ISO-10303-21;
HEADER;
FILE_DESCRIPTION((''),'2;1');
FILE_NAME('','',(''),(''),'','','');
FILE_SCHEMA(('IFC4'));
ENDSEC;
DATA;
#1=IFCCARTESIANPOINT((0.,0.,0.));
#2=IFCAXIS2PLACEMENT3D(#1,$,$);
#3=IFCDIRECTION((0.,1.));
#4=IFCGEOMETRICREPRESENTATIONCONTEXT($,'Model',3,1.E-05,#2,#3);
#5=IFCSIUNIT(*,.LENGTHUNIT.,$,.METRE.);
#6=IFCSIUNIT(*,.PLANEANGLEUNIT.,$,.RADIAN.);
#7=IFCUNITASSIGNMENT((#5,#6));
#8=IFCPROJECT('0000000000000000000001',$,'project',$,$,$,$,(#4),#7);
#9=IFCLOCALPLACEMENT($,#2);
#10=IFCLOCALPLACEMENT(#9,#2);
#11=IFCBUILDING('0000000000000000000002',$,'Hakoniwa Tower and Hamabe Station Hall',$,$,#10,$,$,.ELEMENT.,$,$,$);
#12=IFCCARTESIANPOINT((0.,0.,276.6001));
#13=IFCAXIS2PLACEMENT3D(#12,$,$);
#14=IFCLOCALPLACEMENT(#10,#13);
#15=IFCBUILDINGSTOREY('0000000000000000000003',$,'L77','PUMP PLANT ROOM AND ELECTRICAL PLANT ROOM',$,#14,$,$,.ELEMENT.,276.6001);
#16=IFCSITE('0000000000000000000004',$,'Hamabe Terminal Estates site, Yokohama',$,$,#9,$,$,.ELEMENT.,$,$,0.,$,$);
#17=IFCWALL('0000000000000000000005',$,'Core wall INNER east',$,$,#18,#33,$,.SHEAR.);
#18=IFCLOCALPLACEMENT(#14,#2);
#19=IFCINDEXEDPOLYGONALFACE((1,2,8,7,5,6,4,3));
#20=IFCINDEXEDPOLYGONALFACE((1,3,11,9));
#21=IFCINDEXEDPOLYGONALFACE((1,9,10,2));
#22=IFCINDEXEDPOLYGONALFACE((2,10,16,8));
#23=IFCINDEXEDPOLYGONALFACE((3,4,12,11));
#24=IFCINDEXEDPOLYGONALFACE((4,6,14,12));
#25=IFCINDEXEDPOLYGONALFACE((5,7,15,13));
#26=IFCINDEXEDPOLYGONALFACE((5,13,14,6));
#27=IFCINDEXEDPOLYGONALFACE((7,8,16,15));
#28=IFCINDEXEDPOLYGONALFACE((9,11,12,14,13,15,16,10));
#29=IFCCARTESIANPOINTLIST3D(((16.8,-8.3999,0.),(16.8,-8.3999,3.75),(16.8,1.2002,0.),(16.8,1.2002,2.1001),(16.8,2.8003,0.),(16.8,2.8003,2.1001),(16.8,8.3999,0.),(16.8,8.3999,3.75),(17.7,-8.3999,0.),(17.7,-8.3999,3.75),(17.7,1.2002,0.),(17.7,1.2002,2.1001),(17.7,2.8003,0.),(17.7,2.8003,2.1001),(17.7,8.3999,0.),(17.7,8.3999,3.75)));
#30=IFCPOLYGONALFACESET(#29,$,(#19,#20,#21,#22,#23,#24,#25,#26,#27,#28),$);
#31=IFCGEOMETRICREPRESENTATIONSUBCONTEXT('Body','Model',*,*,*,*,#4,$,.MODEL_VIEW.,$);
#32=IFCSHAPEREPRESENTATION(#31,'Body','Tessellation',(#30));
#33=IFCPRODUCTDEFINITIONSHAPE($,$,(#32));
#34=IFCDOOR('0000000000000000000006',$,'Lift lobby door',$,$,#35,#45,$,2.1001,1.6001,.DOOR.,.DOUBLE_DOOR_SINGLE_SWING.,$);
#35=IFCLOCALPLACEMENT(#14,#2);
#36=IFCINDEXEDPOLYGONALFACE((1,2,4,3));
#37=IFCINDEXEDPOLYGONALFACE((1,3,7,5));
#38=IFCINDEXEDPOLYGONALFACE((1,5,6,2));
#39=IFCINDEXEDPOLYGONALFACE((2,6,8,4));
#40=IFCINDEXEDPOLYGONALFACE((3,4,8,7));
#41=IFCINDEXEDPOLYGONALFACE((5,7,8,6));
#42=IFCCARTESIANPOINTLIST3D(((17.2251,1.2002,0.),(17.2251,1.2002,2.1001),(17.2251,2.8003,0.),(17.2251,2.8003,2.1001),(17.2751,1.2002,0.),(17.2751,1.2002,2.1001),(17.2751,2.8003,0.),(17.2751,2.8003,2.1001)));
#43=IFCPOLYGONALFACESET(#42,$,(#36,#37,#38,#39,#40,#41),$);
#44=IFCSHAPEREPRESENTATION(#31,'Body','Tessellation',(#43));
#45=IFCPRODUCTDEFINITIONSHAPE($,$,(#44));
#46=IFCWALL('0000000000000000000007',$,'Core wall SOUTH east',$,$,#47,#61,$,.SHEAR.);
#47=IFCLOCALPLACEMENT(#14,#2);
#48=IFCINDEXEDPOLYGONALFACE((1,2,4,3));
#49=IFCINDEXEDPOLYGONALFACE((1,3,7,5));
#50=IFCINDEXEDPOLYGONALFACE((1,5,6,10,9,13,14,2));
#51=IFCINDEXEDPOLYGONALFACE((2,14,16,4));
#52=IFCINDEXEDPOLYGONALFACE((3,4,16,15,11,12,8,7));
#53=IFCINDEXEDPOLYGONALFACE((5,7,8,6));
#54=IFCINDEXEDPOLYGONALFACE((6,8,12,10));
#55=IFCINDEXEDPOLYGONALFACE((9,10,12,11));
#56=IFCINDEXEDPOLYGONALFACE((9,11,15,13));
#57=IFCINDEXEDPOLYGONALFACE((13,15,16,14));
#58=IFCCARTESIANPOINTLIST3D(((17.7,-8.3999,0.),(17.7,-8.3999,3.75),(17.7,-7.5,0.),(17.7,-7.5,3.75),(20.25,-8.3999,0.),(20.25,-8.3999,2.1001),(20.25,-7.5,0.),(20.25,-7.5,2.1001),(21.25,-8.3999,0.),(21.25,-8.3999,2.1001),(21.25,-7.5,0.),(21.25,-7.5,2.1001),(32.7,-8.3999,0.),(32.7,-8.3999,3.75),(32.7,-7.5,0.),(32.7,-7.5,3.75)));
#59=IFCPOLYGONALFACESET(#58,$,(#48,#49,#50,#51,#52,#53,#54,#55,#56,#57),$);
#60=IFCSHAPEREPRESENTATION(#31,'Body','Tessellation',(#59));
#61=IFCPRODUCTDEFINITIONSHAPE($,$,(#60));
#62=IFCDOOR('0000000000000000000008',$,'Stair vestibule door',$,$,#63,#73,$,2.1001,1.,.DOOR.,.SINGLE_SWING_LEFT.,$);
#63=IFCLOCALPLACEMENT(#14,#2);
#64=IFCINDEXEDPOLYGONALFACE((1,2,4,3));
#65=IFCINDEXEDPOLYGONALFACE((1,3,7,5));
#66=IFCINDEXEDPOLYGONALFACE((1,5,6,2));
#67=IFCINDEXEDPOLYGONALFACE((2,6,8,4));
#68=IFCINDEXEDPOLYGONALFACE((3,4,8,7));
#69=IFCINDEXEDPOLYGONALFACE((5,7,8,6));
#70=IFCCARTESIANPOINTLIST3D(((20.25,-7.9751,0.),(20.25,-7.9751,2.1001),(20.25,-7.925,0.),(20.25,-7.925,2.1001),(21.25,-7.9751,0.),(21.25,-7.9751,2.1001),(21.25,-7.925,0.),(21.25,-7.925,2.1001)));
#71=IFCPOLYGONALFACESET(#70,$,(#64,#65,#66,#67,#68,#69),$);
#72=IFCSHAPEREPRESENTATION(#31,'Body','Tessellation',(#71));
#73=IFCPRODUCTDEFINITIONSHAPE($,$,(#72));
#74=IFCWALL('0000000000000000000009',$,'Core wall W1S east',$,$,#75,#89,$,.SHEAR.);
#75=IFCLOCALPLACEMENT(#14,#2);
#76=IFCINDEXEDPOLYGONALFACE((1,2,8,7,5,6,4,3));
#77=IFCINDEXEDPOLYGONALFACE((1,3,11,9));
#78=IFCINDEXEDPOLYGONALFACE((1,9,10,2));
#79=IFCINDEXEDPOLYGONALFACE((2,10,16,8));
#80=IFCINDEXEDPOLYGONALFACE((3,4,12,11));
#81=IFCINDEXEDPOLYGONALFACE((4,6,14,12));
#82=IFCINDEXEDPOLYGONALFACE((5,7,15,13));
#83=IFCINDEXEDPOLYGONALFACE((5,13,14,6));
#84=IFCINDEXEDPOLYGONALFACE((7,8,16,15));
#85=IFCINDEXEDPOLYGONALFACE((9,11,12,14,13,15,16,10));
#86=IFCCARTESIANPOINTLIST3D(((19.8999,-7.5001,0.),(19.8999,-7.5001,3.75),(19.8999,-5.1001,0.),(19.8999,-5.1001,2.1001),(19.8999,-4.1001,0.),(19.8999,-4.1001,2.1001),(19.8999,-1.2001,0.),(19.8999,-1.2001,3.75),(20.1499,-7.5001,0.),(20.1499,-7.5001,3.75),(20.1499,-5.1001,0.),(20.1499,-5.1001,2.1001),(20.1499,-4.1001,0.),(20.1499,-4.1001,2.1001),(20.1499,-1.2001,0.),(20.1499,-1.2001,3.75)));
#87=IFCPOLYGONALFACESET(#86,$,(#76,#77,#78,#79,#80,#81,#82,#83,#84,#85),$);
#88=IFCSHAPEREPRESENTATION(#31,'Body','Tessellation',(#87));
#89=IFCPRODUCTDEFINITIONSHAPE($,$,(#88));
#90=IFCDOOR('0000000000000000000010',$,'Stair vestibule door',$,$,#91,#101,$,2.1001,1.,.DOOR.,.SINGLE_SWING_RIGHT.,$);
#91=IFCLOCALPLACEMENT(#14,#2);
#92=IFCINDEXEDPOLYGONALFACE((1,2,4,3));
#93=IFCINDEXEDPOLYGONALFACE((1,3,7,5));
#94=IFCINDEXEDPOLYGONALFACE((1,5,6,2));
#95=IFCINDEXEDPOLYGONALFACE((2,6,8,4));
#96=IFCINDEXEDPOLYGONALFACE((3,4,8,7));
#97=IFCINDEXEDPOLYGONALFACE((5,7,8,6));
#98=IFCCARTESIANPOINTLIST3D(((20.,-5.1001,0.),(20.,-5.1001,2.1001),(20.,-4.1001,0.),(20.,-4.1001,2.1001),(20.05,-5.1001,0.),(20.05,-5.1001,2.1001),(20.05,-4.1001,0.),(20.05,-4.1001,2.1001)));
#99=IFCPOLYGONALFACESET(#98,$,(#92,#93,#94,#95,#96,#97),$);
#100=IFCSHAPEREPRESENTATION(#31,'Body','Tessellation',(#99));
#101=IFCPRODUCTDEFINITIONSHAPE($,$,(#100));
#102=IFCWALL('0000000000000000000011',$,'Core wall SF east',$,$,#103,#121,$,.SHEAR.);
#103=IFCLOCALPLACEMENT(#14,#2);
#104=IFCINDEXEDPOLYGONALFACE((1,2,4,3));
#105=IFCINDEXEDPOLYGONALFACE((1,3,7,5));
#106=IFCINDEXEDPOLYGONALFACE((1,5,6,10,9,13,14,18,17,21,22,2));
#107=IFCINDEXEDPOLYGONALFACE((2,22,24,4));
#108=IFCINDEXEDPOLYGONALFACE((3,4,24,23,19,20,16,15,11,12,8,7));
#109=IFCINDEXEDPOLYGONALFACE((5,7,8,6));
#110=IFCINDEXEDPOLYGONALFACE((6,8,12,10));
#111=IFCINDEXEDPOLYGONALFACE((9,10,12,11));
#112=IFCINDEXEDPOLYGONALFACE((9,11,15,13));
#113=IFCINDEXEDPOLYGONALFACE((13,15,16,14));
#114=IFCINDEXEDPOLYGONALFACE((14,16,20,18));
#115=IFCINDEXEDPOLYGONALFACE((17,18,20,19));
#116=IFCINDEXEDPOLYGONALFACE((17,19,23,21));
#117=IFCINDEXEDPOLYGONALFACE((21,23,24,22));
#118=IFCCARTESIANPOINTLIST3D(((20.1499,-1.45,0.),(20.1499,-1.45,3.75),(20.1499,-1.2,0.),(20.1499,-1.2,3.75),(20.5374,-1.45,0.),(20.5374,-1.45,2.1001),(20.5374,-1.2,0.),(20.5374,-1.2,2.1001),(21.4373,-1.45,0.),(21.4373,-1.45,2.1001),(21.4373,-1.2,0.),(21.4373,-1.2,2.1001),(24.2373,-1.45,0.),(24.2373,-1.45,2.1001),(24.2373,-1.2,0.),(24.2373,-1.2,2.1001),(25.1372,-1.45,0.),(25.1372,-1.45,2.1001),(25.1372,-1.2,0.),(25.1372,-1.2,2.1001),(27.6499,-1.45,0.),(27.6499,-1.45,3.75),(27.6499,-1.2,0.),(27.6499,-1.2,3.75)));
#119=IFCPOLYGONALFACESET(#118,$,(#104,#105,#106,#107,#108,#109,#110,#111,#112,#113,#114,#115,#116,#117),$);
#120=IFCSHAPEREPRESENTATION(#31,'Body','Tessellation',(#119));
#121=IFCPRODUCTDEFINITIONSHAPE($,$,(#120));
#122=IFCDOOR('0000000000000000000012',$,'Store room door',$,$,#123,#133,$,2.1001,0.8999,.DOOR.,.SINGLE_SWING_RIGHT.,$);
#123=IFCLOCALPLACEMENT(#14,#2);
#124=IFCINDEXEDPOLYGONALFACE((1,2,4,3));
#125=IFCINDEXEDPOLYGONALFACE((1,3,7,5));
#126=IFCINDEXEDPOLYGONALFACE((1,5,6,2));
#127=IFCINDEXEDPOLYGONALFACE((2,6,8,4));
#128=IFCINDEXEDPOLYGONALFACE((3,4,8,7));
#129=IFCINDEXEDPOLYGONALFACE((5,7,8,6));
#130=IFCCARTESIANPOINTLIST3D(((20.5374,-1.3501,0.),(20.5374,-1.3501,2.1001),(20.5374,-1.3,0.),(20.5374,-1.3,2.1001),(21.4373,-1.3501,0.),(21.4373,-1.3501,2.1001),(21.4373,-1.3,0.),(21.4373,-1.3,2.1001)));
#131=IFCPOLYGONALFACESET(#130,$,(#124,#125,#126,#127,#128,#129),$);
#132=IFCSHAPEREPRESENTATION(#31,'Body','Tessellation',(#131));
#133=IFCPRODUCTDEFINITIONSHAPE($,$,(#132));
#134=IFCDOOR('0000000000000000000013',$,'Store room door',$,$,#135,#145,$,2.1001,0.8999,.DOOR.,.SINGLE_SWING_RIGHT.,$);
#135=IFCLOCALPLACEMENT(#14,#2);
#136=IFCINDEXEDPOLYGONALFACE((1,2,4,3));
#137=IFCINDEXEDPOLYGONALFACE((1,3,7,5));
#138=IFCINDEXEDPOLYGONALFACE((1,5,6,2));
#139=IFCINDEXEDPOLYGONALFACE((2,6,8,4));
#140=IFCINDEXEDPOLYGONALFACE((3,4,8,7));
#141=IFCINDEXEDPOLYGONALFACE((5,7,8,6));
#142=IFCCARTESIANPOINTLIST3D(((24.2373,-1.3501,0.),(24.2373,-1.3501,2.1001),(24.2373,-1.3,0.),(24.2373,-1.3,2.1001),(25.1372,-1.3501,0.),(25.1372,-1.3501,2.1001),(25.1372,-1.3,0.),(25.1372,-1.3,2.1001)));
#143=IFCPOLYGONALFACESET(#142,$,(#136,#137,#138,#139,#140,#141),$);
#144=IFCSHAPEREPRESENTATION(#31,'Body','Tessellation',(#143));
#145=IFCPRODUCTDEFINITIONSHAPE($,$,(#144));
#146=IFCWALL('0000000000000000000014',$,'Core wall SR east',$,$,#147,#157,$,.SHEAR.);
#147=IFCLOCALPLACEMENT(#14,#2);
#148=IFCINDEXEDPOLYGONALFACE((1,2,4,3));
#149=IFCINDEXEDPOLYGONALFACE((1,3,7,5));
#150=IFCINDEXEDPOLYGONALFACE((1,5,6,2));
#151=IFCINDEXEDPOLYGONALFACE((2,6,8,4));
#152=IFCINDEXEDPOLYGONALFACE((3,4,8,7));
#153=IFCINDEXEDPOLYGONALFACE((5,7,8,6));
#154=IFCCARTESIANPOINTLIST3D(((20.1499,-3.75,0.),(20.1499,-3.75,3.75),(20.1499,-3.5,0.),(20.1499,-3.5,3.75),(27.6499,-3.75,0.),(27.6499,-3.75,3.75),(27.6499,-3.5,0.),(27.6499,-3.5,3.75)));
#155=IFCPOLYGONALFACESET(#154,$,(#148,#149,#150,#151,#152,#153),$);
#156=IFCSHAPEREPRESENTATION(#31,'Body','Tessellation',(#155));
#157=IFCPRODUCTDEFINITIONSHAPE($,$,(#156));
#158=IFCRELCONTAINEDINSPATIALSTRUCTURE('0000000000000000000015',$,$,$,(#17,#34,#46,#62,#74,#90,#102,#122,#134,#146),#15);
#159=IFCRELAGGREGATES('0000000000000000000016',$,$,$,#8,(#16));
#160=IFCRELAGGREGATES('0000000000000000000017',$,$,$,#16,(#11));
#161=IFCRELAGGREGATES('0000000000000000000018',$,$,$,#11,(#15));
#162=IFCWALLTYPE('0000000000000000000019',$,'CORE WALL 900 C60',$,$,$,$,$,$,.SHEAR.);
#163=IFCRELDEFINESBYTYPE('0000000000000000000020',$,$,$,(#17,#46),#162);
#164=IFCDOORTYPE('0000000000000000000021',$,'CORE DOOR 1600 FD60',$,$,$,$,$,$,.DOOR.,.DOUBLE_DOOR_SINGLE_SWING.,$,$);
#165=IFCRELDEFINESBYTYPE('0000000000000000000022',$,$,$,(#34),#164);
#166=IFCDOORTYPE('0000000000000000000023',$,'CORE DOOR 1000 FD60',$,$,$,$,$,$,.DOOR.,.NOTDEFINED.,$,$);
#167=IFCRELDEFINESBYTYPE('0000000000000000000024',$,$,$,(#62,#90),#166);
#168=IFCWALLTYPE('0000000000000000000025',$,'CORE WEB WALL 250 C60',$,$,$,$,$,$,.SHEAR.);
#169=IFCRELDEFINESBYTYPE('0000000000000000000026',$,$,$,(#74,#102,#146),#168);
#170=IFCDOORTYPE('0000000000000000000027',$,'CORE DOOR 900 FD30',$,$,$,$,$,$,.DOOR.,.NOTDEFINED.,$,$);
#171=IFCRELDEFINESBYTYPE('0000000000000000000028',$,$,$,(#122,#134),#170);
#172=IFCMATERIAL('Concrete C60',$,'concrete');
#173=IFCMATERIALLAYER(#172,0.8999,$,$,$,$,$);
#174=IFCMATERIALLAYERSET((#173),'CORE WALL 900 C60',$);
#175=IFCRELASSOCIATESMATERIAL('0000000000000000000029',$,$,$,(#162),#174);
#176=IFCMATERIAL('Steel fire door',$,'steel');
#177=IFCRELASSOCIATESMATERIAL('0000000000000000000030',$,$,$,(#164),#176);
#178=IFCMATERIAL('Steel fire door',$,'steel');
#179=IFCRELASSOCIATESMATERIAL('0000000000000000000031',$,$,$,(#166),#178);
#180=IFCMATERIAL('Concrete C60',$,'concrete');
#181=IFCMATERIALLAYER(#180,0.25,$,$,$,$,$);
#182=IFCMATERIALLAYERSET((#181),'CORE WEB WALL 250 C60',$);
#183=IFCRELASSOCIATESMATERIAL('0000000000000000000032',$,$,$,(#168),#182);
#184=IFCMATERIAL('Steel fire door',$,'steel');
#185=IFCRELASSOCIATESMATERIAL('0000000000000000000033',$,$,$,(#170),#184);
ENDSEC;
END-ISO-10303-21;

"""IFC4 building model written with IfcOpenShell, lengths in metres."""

from ifc_helpers import new_model, si_unit, direction, frame, frame_2d, origin, place, context, subcontext, project, spatial, rectangle, extrude, material, layer, layer_set, type_object, element, fill, save


model = new_model("IFC4")

# Units and contexts
model_context = context("Model", 3, precision=1e-05, world=origin(), true_north=direction((0.0, 1.0)))
body_context = subcontext(model_context, "Body", "Model", "MODEL_VIEW")
ifc_project = project(units=[si_unit("LENGTHUNIT", "METRE"), si_unit("PLANEANGLEUNIT", "RADIAN")], contexts=[model_context])

# Site, building, storey
site_placement = place(None, origin())
site = spatial("IfcSite", under=ifc_project, at=site_placement, Name="Hamabe Terminal Estates site, Yokohama", CompositionType="ELEMENT", RefElevation=0.0)
building_placement = place(site_placement, origin())
building = spatial("IfcBuilding", under=site, at=building_placement, Name="Hakoniwa Tower and Hamabe Station Hall", CompositionType="ELEMENT")
storey_placement = place(building_placement, frame((0.0, 0.0, 276.6001)))
storey = spatial("IfcBuildingStorey", under=building, at=storey_placement, Name="L77", Description="PUMP PLANT ROOM AND ELECTRICAL PLANT ROOM", CompositionType="ELEMENT", Elevation=276.6001)

# Walls, openings, doors
ifc_material_1 = material(Name="Concrete C60", Category="concrete")
ifc_layer_1 = layer(ifc_material_1, 0.8999)
ifc_layer_set_1 = layer_set([ifc_layer_1], Name="CORE WALL 900 C60")
wall_type_1 = type_object("IfcWallType", Name="CORE WALL 900 C60", PredefinedType="SHEAR", material=ifc_layer_set_1)
wall_1_placement = place(storey_placement, frame((17.25, -8.3999, 0.0), z_axis=(0.0, 0.0, 1.0), x_axis=(0.0, 1.0, 0.0)))
wall_1 = element("IfcWall", 1, at=wall_1_placement, inside=storey, type_object=wall_type_1, Name="Core wall INNER east", PredefinedType="SHEAR", context=body_context, shape_type="SweptSolid", body=[
    extrude(rectangle(XDim=16.7998, YDim=0.8999, at=frame_2d((8.3999, 0.0))), origin(), (0.0, 0.0, 1.0), 3.75),
])
opening_1_placement = place(wall_1_placement, frame((9.6001, 0.0, 0.0)))
opening_1 = element("IfcOpeningElement", 2, at=opening_1_placement, cuts=wall_1, PredefinedType="OPENING", context=body_context, shape_type="SweptSolid", body=[
    extrude(rectangle(XDim=1.6001, YDim=2.1001, at=frame_2d((0.8, 1.05))), frame((0.0, 0.46, 0.0), z_axis=(0.0, -1.0, 0.0), x_axis=(1.0, 0.0, 0.0)), (0.0, 0.0, 1.0), 0.9199),
])
ifc_material_2 = material(Name="Steel fire door", Category="steel")
door_type_1 = type_object("IfcDoorType", Name="CORE DOOR 1600 FD60", OperationType="DOUBLE_DOOR_SINGLE_SWING", PredefinedType="DOOR", material=ifc_material_2)
door_1_placement = place(opening_1_placement, origin())
door_1 = element("IfcDoor", 3, at=door_1_placement, inside=storey, type_object=door_type_1, Name="Lift lobby door", OperationType="DOUBLE_DOOR_SINGLE_SWING", OverallHeight=2.1001, OverallWidth=1.6001, PredefinedType="DOOR", context=body_context, shape_type="SweptSolid", body=[
    extrude(rectangle(XDim=1.6001, YDim=2.1001, at=frame_2d((0.8, 1.05))), frame((0.0, 0.0249, 0.0), z_axis=(0.0, -1.0, 0.0), x_axis=(1.0, 0.0, 0.0)), (0.0, 0.0, 1.0), 0.05),
])
fill(opening_1, door_1)
wall_2_placement = place(storey_placement, frame((17.7, -7.95, 0.0), z_axis=(0.0, 0.0, 1.0), x_axis=(1.0, 0.0, 0.0)))
wall_2 = element("IfcWall", 4, at=wall_2_placement, inside=storey, type_object=wall_type_1, Name="Core wall SOUTH east", PredefinedType="SHEAR", context=body_context, shape_type="SweptSolid", body=[
    extrude(rectangle(XDim=15.0, YDim=0.8999, at=frame_2d((7.5, 0.0))), origin(), (0.0, 0.0, 1.0), 3.75),
])
opening_2_placement = place(wall_2_placement, frame((2.55, 0.0, 0.0)))
opening_2 = element("IfcOpeningElement", 5, at=opening_2_placement, cuts=wall_2, PredefinedType="OPENING", context=body_context, shape_type="SweptSolid", body=[
    extrude(rectangle(XDim=1.0, YDim=2.1001, at=frame_2d((0.5, 1.05))), frame((0.0, 0.46, 0.0), z_axis=(0.0, -1.0, 0.0), x_axis=(1.0, 0.0, 0.0)), (0.0, 0.0, 1.0), 0.9199),
])
ifc_material_3 = material(Name="Steel fire door", Category="steel")
door_type_2 = type_object("IfcDoorType", Name="CORE DOOR 1000 FD60", OperationType="NOTDEFINED", PredefinedType="DOOR", material=ifc_material_3)
door_2_placement = place(opening_2_placement, origin())
door_2 = element("IfcDoor", 6, at=door_2_placement, inside=storey, type_object=door_type_2, Name="Stair vestibule door", OperationType="SINGLE_SWING_LEFT", OverallHeight=2.1001, OverallWidth=1.0, PredefinedType="DOOR", context=body_context, shape_type="SweptSolid", body=[
    extrude(rectangle(XDim=1.0, YDim=2.1001, at=frame_2d((0.5, 1.05))), frame((0.0, 0.0249, 0.0), z_axis=(0.0, -1.0, 0.0), x_axis=(1.0, 0.0, 0.0)), (0.0, 0.0, 1.0), 0.05),
])
fill(opening_2, door_2)
ifc_material_4 = material(Name="Concrete C60", Category="concrete")
ifc_layer_2 = layer(ifc_material_4, 0.25)
ifc_layer_set_2 = layer_set([ifc_layer_2], Name="CORE WEB WALL 250 C60")
wall_type_2 = type_object("IfcWallType", Name="CORE WEB WALL 250 C60", PredefinedType="SHEAR", material=ifc_layer_set_2)
wall_3_placement = place(storey_placement, frame((20.0249, -7.5, 0.0), z_axis=(0.0, 0.0, 1.0), x_axis=(0.0, 1.0, 0.0)))
wall_3 = element("IfcWall", 7, at=wall_3_placement, inside=storey, type_object=wall_type_2, Name="Core wall W1S east", PredefinedType="SHEAR", context=body_context, shape_type="SweptSolid", body=[
    extrude(rectangle(XDim=6.3, YDim=0.25, at=frame_2d((3.1499, 0.0))), origin(), (0.0, 0.0, 1.0), 3.75),
])
opening_3_placement = place(wall_3_placement, frame((2.3999, 0.0, 0.0)))
opening_3 = element("IfcOpeningElement", 8, at=opening_3_placement, cuts=wall_3, PredefinedType="OPENING", context=body_context, shape_type="SweptSolid", body=[
    extrude(rectangle(XDim=1.0, YDim=2.1001, at=frame_2d((0.5, 1.05))), frame((0.0, 0.135, 0.0), z_axis=(0.0, -1.0, 0.0), x_axis=(1.0, 0.0, 0.0)), (0.0, 0.0, 1.0), 0.27),
])
door_3_placement = place(opening_3_placement, origin())
door_3 = element("IfcDoor", 9, at=door_3_placement, inside=storey, type_object=door_type_2, Name="Stair vestibule door", OperationType="SINGLE_SWING_RIGHT", OverallHeight=2.1001, OverallWidth=1.0, PredefinedType="DOOR", context=body_context, shape_type="SweptSolid", body=[
    extrude(rectangle(XDim=1.0, YDim=2.1001, at=frame_2d((0.5, 1.05))), frame((0.0, 0.0249, 0.0), z_axis=(0.0, -1.0, 0.0), x_axis=(1.0, 0.0, 0.0)), (0.0, 0.0, 1.0), 0.05),
])
fill(opening_3, door_3)

# Wall, openings, doors
wall_4_placement = place(storey_placement, frame((20.1499, -1.325, 0.0), z_axis=(0.0, 0.0, 1.0), x_axis=(1.0, 0.0, 0.0)))
wall_4 = element("IfcWall", 10, at=wall_4_placement, inside=storey, type_object=wall_type_2, Name="Core wall SF east", PredefinedType="SHEAR", context=body_context, shape_type="SweptSolid", body=[
    extrude(rectangle(XDim=7.5, YDim=0.25, at=frame_2d((3.75, 0.0))), origin(), (0.0, 0.0, 1.0), 3.75),
])
opening_4_placement = place(wall_4_placement, frame((0.3875, 0.0, 0.0)))
opening_4 = element("IfcOpeningElement", 11, at=opening_4_placement, cuts=wall_4, PredefinedType="OPENING", context=body_context, shape_type="SweptSolid", body=[
    extrude(rectangle(XDim=0.8999, YDim=2.1001, at=frame_2d((0.45, 1.05))), frame((0.0, 0.135, 0.0), z_axis=(0.0, -1.0, 0.0), x_axis=(1.0, 0.0, 0.0)), (0.0, 0.0, 1.0), 0.27),
])
opening_5_placement = place(wall_4_placement, frame((4.0874, 0.0, 0.0)))
opening_5 = element("IfcOpeningElement", 12, at=opening_5_placement, cuts=wall_4, PredefinedType="OPENING", context=body_context, shape_type="SweptSolid", body=[
    extrude(rectangle(XDim=0.8999, YDim=2.1001, at=frame_2d((0.45, 1.05))), frame((0.0, 0.135, 0.0), z_axis=(0.0, -1.0, 0.0), x_axis=(1.0, 0.0, 0.0)), (0.0, 0.0, 1.0), 0.27),
])
ifc_material_5 = material(Name="Steel fire door", Category="steel")
door_type_3 = type_object("IfcDoorType", Name="CORE DOOR 900 FD30", OperationType="NOTDEFINED", PredefinedType="DOOR", material=ifc_material_5)
door_4_placement = place(opening_4_placement, origin())
door_4 = element("IfcDoor", 13, at=door_4_placement, inside=storey, type_object=door_type_3, Name="Store room door", OperationType="SINGLE_SWING_RIGHT", OverallHeight=2.1001, OverallWidth=0.8999, PredefinedType="DOOR", context=body_context, shape_type="SweptSolid", body=[
    extrude(rectangle(XDim=0.8999, YDim=2.1001, at=frame_2d((0.45, 1.05))), frame((0.0, 0.0249, 0.0), z_axis=(0.0, -1.0, 0.0), x_axis=(1.0, 0.0, 0.0)), (0.0, 0.0, 1.0), 0.05),
])
fill(opening_4, door_4)
door_5_placement = place(opening_5_placement, origin())
door_5 = element("IfcDoor", 14, at=door_5_placement, inside=storey, type_object=door_type_3, Name="Store room door", OperationType="SINGLE_SWING_RIGHT", OverallHeight=2.1001, OverallWidth=0.8999, PredefinedType="DOOR", context=body_context, shape_type="SweptSolid", body=[
    extrude(rectangle(XDim=0.8999, YDim=2.1001, at=frame_2d((0.45, 1.05))), frame((0.0, 0.0249, 0.0), z_axis=(0.0, -1.0, 0.0), x_axis=(1.0, 0.0, 0.0)), (0.0, 0.0, 1.0), 0.05),
])
fill(opening_5, door_5)

# Wall
wall_5_placement = place(storey_placement, frame((20.1499, -3.625, 0.0), z_axis=(0.0, 0.0, 1.0), x_axis=(1.0, 0.0, 0.0)))
element("IfcWall", 15, at=wall_5_placement, inside=storey, type_object=wall_type_2, Name="Core wall SR east", PredefinedType="SHEAR", context=body_context, shape_type="SweptSolid", body=[
    extrude(rectangle(XDim=7.5, YDim=0.25, at=frame_2d((3.75, 0.0))), origin(), (0.0, 0.0, 1.0), 3.75),
])

save(model, "model.ifc")
